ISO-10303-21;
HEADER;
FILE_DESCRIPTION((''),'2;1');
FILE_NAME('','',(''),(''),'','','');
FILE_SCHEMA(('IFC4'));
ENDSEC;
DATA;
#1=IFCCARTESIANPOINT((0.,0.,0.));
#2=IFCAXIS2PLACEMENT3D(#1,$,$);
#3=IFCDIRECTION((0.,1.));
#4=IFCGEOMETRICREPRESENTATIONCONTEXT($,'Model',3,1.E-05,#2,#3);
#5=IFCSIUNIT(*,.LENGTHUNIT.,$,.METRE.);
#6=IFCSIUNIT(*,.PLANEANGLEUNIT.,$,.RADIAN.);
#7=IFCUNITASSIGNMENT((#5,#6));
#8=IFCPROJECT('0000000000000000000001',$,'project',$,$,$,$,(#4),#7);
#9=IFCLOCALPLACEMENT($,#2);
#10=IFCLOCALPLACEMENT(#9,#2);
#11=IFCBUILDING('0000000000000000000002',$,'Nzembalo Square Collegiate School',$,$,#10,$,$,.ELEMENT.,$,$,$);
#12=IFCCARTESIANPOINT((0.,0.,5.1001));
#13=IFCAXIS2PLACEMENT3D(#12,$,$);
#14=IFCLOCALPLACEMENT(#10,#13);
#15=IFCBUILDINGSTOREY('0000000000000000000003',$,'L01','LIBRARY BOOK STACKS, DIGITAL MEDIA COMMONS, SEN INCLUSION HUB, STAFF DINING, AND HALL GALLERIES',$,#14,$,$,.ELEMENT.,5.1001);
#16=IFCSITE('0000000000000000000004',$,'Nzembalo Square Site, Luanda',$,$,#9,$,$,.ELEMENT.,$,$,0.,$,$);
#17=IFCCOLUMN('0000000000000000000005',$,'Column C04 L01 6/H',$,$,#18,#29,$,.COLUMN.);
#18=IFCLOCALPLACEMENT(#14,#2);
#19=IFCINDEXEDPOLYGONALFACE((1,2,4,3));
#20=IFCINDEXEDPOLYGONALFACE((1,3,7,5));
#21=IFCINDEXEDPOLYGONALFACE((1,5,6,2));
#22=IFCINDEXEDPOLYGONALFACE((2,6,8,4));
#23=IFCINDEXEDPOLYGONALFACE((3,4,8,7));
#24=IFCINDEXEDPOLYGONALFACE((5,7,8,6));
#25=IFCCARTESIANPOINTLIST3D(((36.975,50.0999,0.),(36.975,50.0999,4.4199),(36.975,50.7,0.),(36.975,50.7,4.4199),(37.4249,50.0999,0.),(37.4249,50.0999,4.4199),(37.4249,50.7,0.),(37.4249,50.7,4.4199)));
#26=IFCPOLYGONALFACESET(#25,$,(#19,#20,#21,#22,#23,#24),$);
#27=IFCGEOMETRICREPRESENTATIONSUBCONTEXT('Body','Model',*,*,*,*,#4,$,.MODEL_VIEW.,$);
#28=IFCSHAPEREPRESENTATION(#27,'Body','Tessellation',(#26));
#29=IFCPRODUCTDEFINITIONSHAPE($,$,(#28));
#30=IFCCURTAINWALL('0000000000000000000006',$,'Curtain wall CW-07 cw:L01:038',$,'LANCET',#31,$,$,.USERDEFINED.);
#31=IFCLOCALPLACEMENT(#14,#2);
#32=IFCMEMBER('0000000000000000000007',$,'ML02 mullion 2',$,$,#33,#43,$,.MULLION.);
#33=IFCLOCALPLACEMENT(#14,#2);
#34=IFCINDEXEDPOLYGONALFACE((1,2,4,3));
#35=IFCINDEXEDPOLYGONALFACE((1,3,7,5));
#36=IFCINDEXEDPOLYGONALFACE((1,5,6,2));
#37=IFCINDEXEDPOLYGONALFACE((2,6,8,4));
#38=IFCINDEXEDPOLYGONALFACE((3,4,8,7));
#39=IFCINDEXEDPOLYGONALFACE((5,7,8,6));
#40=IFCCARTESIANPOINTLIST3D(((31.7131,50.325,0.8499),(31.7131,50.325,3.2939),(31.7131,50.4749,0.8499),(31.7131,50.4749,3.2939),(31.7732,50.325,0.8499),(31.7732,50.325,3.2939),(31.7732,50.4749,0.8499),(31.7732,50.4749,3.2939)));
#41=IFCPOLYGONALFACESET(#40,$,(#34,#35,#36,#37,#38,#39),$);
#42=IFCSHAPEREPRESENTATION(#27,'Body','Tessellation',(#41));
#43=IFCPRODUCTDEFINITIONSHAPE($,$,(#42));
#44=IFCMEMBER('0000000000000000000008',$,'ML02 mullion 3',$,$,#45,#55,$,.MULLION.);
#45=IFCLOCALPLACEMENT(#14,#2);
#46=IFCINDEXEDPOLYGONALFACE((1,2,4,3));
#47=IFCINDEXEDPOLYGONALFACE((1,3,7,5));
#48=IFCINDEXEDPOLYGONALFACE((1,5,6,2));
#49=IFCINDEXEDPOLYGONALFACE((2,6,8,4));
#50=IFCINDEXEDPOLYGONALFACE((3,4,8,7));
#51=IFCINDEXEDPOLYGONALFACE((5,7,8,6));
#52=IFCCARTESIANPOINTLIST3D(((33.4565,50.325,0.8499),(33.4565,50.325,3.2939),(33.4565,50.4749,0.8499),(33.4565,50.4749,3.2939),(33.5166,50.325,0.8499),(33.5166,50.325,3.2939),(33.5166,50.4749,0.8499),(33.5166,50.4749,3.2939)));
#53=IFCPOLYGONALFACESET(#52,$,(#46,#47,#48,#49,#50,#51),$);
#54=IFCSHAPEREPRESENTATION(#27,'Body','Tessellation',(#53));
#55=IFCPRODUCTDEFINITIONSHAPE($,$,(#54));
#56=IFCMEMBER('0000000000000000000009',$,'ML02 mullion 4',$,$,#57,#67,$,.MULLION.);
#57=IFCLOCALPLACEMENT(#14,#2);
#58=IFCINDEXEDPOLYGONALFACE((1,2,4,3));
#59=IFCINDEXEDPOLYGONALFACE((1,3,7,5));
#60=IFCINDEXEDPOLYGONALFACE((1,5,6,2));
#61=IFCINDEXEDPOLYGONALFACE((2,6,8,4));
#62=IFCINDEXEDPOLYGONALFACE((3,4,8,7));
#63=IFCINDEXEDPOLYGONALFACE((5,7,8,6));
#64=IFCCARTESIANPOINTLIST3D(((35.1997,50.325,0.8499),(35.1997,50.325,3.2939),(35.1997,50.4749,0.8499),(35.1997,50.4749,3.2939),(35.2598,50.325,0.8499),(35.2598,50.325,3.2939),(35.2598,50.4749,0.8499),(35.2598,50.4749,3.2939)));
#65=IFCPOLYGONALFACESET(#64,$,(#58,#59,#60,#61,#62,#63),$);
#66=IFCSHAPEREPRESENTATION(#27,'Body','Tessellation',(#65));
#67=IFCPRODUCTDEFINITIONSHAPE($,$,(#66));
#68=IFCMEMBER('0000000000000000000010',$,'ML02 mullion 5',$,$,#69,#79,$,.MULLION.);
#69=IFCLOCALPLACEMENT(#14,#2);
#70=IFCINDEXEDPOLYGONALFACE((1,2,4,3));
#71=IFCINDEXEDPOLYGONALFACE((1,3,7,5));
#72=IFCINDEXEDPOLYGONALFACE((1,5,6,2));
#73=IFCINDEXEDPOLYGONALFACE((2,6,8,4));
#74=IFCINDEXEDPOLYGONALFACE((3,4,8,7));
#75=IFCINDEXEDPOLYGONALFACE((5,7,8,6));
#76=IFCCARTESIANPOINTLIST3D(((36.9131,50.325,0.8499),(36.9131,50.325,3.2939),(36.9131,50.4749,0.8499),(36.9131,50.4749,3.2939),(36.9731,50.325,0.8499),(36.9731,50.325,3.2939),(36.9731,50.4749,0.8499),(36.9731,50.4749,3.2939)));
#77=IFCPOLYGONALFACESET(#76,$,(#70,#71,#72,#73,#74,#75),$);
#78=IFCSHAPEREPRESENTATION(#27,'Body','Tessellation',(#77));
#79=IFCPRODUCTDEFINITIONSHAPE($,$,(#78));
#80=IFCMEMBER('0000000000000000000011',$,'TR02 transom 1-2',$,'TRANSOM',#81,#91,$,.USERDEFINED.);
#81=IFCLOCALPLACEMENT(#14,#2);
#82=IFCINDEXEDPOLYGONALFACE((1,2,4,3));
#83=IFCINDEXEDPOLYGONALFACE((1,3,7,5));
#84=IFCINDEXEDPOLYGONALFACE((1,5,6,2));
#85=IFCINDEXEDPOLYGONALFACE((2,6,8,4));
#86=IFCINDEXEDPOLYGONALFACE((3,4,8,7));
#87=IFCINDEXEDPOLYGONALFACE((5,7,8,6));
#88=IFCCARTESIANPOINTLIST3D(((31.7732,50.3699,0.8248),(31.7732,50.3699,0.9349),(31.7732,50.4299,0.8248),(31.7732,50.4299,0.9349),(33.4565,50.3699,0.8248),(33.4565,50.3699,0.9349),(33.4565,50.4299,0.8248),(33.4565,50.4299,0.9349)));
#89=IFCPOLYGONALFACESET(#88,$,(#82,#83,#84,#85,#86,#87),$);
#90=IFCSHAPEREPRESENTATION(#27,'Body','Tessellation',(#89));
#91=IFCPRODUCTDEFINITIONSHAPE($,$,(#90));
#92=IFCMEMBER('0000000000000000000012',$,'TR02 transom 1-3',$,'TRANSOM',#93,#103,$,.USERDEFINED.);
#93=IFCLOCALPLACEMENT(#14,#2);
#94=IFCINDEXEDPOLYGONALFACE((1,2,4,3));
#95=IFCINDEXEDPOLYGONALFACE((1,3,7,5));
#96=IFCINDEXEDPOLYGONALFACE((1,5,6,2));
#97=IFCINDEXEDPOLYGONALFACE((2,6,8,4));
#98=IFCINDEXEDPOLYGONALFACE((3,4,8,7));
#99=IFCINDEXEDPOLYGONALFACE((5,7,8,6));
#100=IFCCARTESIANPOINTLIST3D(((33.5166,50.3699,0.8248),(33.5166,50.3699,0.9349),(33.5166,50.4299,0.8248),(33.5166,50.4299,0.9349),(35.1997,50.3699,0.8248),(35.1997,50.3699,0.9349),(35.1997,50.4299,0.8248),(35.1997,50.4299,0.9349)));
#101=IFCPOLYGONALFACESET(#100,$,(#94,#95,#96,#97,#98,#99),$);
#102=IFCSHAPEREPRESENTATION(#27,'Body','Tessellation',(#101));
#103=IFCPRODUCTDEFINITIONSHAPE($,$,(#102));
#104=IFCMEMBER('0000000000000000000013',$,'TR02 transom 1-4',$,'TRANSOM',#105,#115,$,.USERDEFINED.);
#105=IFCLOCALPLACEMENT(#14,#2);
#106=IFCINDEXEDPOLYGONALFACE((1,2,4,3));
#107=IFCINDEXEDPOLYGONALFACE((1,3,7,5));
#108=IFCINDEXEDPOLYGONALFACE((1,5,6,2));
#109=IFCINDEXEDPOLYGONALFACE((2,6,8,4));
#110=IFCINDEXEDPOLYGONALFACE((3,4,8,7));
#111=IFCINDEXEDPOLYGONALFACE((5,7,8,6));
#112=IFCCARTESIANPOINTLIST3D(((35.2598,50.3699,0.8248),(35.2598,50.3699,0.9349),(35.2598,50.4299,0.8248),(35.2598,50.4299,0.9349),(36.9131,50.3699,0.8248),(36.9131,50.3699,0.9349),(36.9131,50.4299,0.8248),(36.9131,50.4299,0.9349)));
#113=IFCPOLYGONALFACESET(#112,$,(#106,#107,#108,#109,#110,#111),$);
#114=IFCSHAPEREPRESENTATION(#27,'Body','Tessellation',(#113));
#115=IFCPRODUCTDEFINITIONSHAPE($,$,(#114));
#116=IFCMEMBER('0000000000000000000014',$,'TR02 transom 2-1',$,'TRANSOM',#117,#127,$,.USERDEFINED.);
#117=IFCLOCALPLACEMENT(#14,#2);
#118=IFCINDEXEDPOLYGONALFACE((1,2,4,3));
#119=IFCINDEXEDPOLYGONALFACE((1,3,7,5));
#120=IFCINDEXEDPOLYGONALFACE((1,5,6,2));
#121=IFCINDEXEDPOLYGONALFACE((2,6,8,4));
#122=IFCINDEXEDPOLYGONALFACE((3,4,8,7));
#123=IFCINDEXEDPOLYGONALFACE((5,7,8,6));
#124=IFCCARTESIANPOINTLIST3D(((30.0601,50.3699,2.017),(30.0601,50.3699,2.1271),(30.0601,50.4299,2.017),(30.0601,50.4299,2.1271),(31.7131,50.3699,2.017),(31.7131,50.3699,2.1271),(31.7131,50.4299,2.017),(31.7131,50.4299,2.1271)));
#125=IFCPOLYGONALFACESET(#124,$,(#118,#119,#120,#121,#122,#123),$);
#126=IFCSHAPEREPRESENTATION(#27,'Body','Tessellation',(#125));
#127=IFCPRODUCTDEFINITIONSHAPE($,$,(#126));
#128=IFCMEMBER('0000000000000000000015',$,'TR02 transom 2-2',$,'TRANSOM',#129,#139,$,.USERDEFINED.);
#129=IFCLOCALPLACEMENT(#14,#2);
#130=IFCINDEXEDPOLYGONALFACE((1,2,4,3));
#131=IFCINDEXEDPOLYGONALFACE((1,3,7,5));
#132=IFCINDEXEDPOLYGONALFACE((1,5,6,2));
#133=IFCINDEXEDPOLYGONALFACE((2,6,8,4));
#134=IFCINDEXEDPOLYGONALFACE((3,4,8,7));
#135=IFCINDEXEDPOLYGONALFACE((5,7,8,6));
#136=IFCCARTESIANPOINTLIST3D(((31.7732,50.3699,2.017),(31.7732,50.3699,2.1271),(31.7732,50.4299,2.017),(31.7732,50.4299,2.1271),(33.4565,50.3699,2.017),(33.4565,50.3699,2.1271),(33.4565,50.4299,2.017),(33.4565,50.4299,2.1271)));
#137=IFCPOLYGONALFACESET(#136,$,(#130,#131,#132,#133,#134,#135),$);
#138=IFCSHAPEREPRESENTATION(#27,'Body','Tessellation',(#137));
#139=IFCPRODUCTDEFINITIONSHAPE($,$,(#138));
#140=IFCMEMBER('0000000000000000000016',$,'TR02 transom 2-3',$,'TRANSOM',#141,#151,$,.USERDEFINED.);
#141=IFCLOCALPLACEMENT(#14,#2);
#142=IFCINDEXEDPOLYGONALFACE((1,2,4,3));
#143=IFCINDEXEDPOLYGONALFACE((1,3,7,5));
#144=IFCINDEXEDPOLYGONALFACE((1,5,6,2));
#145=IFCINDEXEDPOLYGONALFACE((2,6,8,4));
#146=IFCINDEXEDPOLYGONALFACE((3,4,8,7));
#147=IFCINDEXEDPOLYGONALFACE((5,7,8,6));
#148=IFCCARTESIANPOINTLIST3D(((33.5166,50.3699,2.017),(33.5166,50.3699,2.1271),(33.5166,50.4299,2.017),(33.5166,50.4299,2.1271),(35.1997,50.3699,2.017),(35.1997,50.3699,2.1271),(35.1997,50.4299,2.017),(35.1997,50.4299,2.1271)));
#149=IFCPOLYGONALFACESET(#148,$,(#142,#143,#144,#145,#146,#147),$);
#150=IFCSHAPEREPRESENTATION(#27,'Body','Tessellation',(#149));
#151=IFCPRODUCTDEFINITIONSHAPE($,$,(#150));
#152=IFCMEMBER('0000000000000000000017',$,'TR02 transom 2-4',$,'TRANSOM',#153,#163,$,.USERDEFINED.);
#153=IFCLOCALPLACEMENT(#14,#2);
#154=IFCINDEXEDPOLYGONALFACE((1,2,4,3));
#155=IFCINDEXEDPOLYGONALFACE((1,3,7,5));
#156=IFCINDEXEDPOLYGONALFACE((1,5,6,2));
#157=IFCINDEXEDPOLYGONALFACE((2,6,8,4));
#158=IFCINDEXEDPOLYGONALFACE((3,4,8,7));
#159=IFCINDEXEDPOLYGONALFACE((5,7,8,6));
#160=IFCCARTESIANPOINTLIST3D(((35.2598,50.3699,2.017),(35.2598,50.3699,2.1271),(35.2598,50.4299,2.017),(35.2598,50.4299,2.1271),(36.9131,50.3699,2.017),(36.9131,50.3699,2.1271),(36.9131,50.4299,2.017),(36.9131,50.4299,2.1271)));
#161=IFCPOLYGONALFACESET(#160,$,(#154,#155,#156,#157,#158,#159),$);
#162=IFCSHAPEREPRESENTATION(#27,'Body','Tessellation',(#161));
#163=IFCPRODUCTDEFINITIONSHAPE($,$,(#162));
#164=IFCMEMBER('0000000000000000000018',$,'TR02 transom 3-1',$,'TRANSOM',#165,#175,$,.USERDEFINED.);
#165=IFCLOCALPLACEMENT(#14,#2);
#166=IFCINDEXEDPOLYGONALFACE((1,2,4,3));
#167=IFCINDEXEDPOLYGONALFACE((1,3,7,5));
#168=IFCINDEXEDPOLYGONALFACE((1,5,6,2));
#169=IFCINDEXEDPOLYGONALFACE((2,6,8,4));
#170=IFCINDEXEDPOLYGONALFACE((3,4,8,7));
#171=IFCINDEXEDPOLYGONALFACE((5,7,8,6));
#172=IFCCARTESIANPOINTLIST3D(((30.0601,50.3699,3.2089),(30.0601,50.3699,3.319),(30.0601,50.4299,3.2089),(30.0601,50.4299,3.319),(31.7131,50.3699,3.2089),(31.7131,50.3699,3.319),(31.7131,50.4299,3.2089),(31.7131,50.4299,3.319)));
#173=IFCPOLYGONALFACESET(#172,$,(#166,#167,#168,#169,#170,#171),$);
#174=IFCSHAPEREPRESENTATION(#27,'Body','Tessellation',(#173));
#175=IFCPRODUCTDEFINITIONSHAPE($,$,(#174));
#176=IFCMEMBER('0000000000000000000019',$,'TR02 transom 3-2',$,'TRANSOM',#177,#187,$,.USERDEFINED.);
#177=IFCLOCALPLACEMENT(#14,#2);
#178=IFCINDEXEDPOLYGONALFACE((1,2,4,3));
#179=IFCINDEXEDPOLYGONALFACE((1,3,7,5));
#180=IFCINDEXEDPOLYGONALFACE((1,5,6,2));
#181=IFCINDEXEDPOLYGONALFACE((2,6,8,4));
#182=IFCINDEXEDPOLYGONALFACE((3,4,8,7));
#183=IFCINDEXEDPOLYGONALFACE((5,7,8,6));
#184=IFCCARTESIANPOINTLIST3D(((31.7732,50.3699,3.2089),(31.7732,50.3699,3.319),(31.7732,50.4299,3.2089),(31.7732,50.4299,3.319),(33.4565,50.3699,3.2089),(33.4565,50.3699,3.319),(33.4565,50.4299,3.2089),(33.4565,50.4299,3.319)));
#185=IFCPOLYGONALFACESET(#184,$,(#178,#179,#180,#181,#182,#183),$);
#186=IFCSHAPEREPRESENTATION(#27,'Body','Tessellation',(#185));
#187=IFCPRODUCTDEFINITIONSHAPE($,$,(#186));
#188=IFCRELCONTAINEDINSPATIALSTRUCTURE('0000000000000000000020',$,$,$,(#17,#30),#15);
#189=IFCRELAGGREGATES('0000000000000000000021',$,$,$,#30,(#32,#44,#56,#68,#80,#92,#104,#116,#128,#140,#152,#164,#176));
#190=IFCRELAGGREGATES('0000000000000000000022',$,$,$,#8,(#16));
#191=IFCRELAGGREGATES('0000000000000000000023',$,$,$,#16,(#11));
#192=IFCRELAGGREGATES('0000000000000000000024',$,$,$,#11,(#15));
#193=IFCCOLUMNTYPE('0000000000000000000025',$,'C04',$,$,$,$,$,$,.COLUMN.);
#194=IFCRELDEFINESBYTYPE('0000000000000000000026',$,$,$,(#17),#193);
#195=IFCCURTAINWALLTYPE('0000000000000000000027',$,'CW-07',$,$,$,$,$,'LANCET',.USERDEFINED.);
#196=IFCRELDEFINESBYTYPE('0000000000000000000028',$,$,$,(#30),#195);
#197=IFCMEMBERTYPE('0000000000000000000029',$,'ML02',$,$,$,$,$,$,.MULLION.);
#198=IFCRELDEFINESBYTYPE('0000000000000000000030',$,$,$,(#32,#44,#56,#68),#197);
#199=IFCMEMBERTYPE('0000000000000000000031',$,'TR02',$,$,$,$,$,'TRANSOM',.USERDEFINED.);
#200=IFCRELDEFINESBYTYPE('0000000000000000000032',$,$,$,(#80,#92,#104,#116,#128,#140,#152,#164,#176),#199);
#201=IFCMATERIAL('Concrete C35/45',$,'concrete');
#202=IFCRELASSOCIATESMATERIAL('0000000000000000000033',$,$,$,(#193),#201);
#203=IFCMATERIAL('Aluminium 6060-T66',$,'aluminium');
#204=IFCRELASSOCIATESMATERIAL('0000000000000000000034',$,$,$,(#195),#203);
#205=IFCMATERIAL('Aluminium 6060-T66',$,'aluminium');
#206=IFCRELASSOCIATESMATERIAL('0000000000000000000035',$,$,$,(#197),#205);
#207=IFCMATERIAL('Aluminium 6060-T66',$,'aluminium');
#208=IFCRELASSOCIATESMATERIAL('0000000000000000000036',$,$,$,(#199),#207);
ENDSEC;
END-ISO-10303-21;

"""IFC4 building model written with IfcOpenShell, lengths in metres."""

from ifc_helpers import new_model, si_unit, direction, frame, origin, origin_2d, place, context, subcontext, project, spatial, rectangle, extrude, material, material_profile, profile_set, type_object, element, aggregate, save


model = new_model("IFC4")

# Units and contexts
model_context = context("Model", 3, precision=1e-05, world=origin(), true_north=direction((0.0, 1.0)))
body_context = subcontext(model_context, "Body", "Model", "MODEL_VIEW")
ifc_project = project(units=[si_unit("LENGTHUNIT", "METRE"), si_unit("PLANEANGLEUNIT", "RADIAN")], contexts=[model_context])

# Site, building, storey
site_placement = place(None, origin())
site = spatial("IfcSite", under=ifc_project, at=site_placement, Name="Nzembalo Square Site, Luanda", CompositionType="ELEMENT", RefElevation=0.0)
building_placement = place(site_placement, origin())
building = spatial("IfcBuilding", under=site, at=building_placement, Name="Nzembalo Square Collegiate School", CompositionType="ELEMENT")
storey_placement = place(building_placement, frame((0.0, 0.0, 5.1001)))
storey = spatial("IfcBuildingStorey", under=building, at=storey_placement, Name="L01", Description="LIBRARY BOOK STACKS, DIGITAL MEDIA COMMONS, SEN INCLUSION HUB, STAFF DINING, AND HALL GALLERIES", CompositionType="ELEMENT", Elevation=5.1001)

# Column
ifc_material_1 = material(Name="Concrete C35/45", Category="concrete")
ifc_material_profile_1 = material_profile(ifc_material_1, rectangle(XDim=0.45, YDim=0.6001, at=origin_2d()), Name="RC 450x600")
ifc_profile_set_1 = profile_set([ifc_material_profile_1], Name="Concrete C35/45")
column_type = type_object("IfcColumnType", Name="C04", PredefinedType="COLUMN", material=ifc_profile_set_1)
column_placement = place(storey_placement, frame((37.2, 50.3999, 0.0), z_axis=(0.0, 0.0, 1.0), x_axis=(1.0, 0.0, 0.0)))
element("IfcColumn", 1, at=column_placement, inside=storey, type_object=column_type, Name="Column C04 L01 6/H", PredefinedType="COLUMN", context=body_context, shape_type="SweptSolid", body=[
    extrude(rectangle(XDim=0.45, YDim=0.6001, at=origin_2d()), origin(), (0.0, 0.0, 1.0), 4.4199),
])

# Curtain wall, members
ifc_material_2 = material(Name="Aluminium 6060-T66", Category="aluminium")
curtain_wall_type = type_object("IfcCurtainWallType", Name="CW-07", ElementType="LANCET", PredefinedType="USERDEFINED", material=ifc_material_2)
curtain_wall_placement = place(storey_placement, origin())
curtain_wall = element("IfcCurtainWall", 2, at=curtain_wall_placement, inside=storey, type_object=curtain_wall_type, Name="Curtain wall CW-07 cw:L01:038", ObjectType="LANCET", PredefinedType="USERDEFINED")
ifc_material_3 = material(Name="Aluminium 6060-T66", Category="aluminium")
ifc_material_profile_2 = material_profile(ifc_material_3, rectangle(XDim=0.0601, YDim=0.1499, at=origin_2d()), Name="ALU M60x150")
ifc_profile_set_2 = profile_set([ifc_material_profile_2], Name="Aluminium 6060-T66")
member_type_1 = type_object("IfcMemberType", Name="ML02", PredefinedType="MULLION", material=ifc_profile_set_2)
member_1_placement = place(storey_placement, frame((31.7432, 50.3999, 0.8499), z_axis=(0.0, 0.0, 1.0), x_axis=(1.0, 0.0, 0.0)))
member_1 = element("IfcMember", 3, at=member_1_placement, type_object=member_type_1, Name="ML02 mullion 2", PredefinedType="MULLION", context=body_context, shape_type="SweptSolid", body=[
    extrude(rectangle(XDim=0.0601, YDim=0.1499, at=origin_2d()), origin(), (0.0, 0.0, 1.0), 2.4441),
])
member_2_placement = place(storey_placement, frame((33.4866, 50.3999, 0.8499), z_axis=(0.0, 0.0, 1.0), x_axis=(1.0, 0.0, 0.0)))
member_2 = element("IfcMember", 4, at=member_2_placement, type_object=member_type_1, Name="ML02 mullion 3", PredefinedType="MULLION", context=body_context, shape_type="SweptSolid", body=[
    extrude(rectangle(XDim=0.0601, YDim=0.1499, at=origin_2d()), origin(), (0.0, 0.0, 1.0), 2.4441),
])
member_3_placement = place(storey_placement, frame((35.2297, 50.3999, 0.8499), z_axis=(0.0, 0.0, 1.0), x_axis=(1.0, 0.0, 0.0)))
member_3 = element("IfcMember", 5, at=member_3_placement, type_object=member_type_1, Name="ML02 mullion 4", PredefinedType="MULLION", context=body_context, shape_type="SweptSolid", body=[
    extrude(rectangle(XDim=0.0601, YDim=0.1499, at=origin_2d()), origin(), (0.0, 0.0, 1.0), 2.4441),
])
member_4_placement = place(storey_placement, frame((36.9431, 50.3999, 0.8499), z_axis=(0.0, 0.0, 1.0), x_axis=(1.0, 0.0, 0.0)))
member_4 = element("IfcMember", 6, at=member_4_placement, type_object=member_type_1, Name="ML02 mullion 5", PredefinedType="MULLION", context=body_context, shape_type="SweptSolid", body=[
    extrude(rectangle(XDim=0.0601, YDim=0.1499, at=origin_2d()), origin(), (0.0, 0.0, 1.0), 2.4441),
])
ifc_material_4 = material(Name="Aluminium 6060-T66", Category="aluminium")
ifc_material_profile_3 = material_profile(ifc_material_4, rectangle(XDim=0.0601, YDim=0.1101, at=origin_2d()), Name="ALU T60x110")
ifc_profile_set_3 = profile_set([ifc_material_profile_3], Name="Aluminium 6060-T66")
member_type_2 = type_object("IfcMemberType", Name="TR02", ElementType="TRANSOM", PredefinedType="USERDEFINED", material=ifc_profile_set_3)
member_5_placement = place(storey_placement, frame((31.7732, 50.3999, 0.8799), z_axis=(1.0, 0.0, 0.0), x_axis=(0.0, 1.0, 0.0)))
member_5 = element("IfcMember", 7, at=member_5_placement, type_object=member_type_2, Name="TR02 transom 1-2", ObjectType="TRANSOM", PredefinedType="USERDEFINED", context=body_context, shape_type="SweptSolid", body=[
    extrude(rectangle(XDim=0.0601, YDim=0.1101, at=origin_2d()), origin(), (0.0, 0.0, 1.0), 1.6833),
])
member_6_placement = place(storey_placement, frame((33.5166, 50.3999, 0.8799), z_axis=(1.0, 0.0, 0.0), x_axis=(0.0, 1.0, 0.0)))
member_6 = element("IfcMember", 8, at=member_6_placement, type_object=member_type_2, Name="TR02 transom 1-3", ObjectType="TRANSOM", PredefinedType="USERDEFINED", context=body_context, shape_type="SweptSolid", body=[
    extrude(rectangle(XDim=0.0601, YDim=0.1101, at=origin_2d()), origin(), (0.0, 0.0, 1.0), 1.6831),
])
member_7_placement = place(storey_placement, frame((35.2598, 50.3999, 0.8799), z_axis=(1.0, 0.0, 0.0), x_axis=(0.0, 1.0, 0.0)))
member_7 = element("IfcMember", 9, at=member_7_placement, type_object=member_type_2, Name="TR02 transom 1-4", ObjectType="TRANSOM", PredefinedType="USERDEFINED", context=body_context, shape_type="SweptSolid", body=[
    extrude(rectangle(XDim=0.0601, YDim=0.1101, at=origin_2d()), origin(), (0.0, 0.0, 1.0), 1.6533),
])
member_8_placement = place(storey_placement, frame((30.0601, 50.3999, 2.072), z_axis=(1.0, 0.0, 0.0), x_axis=(0.0, 1.0, 0.0)))
member_8 = element("IfcMember", 10, at=member_8_placement, type_object=member_type_2, Name="TR02 transom 2-1", ObjectType="TRANSOM", PredefinedType="USERDEFINED", context=body_context, shape_type="SweptSolid", body=[
    extrude(rectangle(XDim=0.0601, YDim=0.1101, at=origin_2d()), origin(), (0.0, 0.0, 1.0), 1.6531),
])
member_9_placement = place(storey_placement, frame((31.7732, 50.3999, 2.072), z_axis=(1.0, 0.0, 0.0), x_axis=(0.0, 1.0, 0.0)))
member_9 = element("IfcMember", 11, at=member_9_placement, type_object=member_type_2, Name="TR02 transom 2-2", ObjectType="TRANSOM", PredefinedType="USERDEFINED", context=body_context, shape_type="SweptSolid", body=[
    extrude(rectangle(XDim=0.0601, YDim=0.1101, at=origin_2d()), origin(), (0.0, 0.0, 1.0), 1.6833),
])
member_10_placement = place(storey_placement, frame((33.5166, 50.3999, 2.072), z_axis=(1.0, 0.0, 0.0), x_axis=(0.0, 1.0, 0.0)))
member_10 = element("IfcMember", 12, at=member_10_placement, type_object=member_type_2, Name="TR02 transom 2-3", ObjectType="TRANSOM", PredefinedType="USERDEFINED", context=body_context, shape_type="SweptSolid", body=[
    extrude(rectangle(XDim=0.0601, YDim=0.1101, at=origin_2d()), origin(), (0.0, 0.0, 1.0), 1.6831),
])
member_11_placement = place(storey_placement, frame((35.2598, 50.3999, 2.072), z_axis=(1.0, 0.0, 0.0), x_axis=(0.0, 1.0, 0.0)))
member_11 = element("IfcMember", 13, at=member_11_placement, type_object=member_type_2, Name="TR02 transom 2-4", ObjectType="TRANSOM", PredefinedType="USERDEFINED", context=body_context, shape_type="SweptSolid", body=[
    extrude(rectangle(XDim=0.0601, YDim=0.1101, at=origin_2d()), origin(), (0.0, 0.0, 1.0), 1.6533),
])
member_12_placement = place(storey_placement, frame((30.0601, 50.3999, 3.2639), z_axis=(1.0, 0.0, 0.0), x_axis=(0.0, 1.0, 0.0)))
member_12 = element("IfcMember", 14, at=member_12_placement, type_object=member_type_2, Name="TR02 transom 3-1", ObjectType="TRANSOM", PredefinedType="USERDEFINED", context=body_context, shape_type="SweptSolid", body=[
    extrude(rectangle(XDim=0.0601, YDim=0.1101, at=origin_2d()), origin(), (0.0, 0.0, 1.0), 1.6531),
])
member_13_placement = place(storey_placement, frame((31.7732, 50.3999, 3.2639), z_axis=(1.0, 0.0, 0.0), x_axis=(0.0, 1.0, 0.0)))
member_13 = element("IfcMember", 15, at=member_13_placement, type_object=member_type_2, Name="TR02 transom 3-2", ObjectType="TRANSOM", PredefinedType="USERDEFINED", context=body_context, shape_type="SweptSolid", body=[
    extrude(rectangle(XDim=0.0601, YDim=0.1101, at=origin_2d()), origin(), (0.0, 0.0, 1.0), 1.6833),
])
aggregate(curtain_wall, [member_1, member_2, member_3, member_4, member_5, member_6, member_7, member_8, member_9, member_10, member_11, member_12, member_13])

save(model, "model.ifc")
